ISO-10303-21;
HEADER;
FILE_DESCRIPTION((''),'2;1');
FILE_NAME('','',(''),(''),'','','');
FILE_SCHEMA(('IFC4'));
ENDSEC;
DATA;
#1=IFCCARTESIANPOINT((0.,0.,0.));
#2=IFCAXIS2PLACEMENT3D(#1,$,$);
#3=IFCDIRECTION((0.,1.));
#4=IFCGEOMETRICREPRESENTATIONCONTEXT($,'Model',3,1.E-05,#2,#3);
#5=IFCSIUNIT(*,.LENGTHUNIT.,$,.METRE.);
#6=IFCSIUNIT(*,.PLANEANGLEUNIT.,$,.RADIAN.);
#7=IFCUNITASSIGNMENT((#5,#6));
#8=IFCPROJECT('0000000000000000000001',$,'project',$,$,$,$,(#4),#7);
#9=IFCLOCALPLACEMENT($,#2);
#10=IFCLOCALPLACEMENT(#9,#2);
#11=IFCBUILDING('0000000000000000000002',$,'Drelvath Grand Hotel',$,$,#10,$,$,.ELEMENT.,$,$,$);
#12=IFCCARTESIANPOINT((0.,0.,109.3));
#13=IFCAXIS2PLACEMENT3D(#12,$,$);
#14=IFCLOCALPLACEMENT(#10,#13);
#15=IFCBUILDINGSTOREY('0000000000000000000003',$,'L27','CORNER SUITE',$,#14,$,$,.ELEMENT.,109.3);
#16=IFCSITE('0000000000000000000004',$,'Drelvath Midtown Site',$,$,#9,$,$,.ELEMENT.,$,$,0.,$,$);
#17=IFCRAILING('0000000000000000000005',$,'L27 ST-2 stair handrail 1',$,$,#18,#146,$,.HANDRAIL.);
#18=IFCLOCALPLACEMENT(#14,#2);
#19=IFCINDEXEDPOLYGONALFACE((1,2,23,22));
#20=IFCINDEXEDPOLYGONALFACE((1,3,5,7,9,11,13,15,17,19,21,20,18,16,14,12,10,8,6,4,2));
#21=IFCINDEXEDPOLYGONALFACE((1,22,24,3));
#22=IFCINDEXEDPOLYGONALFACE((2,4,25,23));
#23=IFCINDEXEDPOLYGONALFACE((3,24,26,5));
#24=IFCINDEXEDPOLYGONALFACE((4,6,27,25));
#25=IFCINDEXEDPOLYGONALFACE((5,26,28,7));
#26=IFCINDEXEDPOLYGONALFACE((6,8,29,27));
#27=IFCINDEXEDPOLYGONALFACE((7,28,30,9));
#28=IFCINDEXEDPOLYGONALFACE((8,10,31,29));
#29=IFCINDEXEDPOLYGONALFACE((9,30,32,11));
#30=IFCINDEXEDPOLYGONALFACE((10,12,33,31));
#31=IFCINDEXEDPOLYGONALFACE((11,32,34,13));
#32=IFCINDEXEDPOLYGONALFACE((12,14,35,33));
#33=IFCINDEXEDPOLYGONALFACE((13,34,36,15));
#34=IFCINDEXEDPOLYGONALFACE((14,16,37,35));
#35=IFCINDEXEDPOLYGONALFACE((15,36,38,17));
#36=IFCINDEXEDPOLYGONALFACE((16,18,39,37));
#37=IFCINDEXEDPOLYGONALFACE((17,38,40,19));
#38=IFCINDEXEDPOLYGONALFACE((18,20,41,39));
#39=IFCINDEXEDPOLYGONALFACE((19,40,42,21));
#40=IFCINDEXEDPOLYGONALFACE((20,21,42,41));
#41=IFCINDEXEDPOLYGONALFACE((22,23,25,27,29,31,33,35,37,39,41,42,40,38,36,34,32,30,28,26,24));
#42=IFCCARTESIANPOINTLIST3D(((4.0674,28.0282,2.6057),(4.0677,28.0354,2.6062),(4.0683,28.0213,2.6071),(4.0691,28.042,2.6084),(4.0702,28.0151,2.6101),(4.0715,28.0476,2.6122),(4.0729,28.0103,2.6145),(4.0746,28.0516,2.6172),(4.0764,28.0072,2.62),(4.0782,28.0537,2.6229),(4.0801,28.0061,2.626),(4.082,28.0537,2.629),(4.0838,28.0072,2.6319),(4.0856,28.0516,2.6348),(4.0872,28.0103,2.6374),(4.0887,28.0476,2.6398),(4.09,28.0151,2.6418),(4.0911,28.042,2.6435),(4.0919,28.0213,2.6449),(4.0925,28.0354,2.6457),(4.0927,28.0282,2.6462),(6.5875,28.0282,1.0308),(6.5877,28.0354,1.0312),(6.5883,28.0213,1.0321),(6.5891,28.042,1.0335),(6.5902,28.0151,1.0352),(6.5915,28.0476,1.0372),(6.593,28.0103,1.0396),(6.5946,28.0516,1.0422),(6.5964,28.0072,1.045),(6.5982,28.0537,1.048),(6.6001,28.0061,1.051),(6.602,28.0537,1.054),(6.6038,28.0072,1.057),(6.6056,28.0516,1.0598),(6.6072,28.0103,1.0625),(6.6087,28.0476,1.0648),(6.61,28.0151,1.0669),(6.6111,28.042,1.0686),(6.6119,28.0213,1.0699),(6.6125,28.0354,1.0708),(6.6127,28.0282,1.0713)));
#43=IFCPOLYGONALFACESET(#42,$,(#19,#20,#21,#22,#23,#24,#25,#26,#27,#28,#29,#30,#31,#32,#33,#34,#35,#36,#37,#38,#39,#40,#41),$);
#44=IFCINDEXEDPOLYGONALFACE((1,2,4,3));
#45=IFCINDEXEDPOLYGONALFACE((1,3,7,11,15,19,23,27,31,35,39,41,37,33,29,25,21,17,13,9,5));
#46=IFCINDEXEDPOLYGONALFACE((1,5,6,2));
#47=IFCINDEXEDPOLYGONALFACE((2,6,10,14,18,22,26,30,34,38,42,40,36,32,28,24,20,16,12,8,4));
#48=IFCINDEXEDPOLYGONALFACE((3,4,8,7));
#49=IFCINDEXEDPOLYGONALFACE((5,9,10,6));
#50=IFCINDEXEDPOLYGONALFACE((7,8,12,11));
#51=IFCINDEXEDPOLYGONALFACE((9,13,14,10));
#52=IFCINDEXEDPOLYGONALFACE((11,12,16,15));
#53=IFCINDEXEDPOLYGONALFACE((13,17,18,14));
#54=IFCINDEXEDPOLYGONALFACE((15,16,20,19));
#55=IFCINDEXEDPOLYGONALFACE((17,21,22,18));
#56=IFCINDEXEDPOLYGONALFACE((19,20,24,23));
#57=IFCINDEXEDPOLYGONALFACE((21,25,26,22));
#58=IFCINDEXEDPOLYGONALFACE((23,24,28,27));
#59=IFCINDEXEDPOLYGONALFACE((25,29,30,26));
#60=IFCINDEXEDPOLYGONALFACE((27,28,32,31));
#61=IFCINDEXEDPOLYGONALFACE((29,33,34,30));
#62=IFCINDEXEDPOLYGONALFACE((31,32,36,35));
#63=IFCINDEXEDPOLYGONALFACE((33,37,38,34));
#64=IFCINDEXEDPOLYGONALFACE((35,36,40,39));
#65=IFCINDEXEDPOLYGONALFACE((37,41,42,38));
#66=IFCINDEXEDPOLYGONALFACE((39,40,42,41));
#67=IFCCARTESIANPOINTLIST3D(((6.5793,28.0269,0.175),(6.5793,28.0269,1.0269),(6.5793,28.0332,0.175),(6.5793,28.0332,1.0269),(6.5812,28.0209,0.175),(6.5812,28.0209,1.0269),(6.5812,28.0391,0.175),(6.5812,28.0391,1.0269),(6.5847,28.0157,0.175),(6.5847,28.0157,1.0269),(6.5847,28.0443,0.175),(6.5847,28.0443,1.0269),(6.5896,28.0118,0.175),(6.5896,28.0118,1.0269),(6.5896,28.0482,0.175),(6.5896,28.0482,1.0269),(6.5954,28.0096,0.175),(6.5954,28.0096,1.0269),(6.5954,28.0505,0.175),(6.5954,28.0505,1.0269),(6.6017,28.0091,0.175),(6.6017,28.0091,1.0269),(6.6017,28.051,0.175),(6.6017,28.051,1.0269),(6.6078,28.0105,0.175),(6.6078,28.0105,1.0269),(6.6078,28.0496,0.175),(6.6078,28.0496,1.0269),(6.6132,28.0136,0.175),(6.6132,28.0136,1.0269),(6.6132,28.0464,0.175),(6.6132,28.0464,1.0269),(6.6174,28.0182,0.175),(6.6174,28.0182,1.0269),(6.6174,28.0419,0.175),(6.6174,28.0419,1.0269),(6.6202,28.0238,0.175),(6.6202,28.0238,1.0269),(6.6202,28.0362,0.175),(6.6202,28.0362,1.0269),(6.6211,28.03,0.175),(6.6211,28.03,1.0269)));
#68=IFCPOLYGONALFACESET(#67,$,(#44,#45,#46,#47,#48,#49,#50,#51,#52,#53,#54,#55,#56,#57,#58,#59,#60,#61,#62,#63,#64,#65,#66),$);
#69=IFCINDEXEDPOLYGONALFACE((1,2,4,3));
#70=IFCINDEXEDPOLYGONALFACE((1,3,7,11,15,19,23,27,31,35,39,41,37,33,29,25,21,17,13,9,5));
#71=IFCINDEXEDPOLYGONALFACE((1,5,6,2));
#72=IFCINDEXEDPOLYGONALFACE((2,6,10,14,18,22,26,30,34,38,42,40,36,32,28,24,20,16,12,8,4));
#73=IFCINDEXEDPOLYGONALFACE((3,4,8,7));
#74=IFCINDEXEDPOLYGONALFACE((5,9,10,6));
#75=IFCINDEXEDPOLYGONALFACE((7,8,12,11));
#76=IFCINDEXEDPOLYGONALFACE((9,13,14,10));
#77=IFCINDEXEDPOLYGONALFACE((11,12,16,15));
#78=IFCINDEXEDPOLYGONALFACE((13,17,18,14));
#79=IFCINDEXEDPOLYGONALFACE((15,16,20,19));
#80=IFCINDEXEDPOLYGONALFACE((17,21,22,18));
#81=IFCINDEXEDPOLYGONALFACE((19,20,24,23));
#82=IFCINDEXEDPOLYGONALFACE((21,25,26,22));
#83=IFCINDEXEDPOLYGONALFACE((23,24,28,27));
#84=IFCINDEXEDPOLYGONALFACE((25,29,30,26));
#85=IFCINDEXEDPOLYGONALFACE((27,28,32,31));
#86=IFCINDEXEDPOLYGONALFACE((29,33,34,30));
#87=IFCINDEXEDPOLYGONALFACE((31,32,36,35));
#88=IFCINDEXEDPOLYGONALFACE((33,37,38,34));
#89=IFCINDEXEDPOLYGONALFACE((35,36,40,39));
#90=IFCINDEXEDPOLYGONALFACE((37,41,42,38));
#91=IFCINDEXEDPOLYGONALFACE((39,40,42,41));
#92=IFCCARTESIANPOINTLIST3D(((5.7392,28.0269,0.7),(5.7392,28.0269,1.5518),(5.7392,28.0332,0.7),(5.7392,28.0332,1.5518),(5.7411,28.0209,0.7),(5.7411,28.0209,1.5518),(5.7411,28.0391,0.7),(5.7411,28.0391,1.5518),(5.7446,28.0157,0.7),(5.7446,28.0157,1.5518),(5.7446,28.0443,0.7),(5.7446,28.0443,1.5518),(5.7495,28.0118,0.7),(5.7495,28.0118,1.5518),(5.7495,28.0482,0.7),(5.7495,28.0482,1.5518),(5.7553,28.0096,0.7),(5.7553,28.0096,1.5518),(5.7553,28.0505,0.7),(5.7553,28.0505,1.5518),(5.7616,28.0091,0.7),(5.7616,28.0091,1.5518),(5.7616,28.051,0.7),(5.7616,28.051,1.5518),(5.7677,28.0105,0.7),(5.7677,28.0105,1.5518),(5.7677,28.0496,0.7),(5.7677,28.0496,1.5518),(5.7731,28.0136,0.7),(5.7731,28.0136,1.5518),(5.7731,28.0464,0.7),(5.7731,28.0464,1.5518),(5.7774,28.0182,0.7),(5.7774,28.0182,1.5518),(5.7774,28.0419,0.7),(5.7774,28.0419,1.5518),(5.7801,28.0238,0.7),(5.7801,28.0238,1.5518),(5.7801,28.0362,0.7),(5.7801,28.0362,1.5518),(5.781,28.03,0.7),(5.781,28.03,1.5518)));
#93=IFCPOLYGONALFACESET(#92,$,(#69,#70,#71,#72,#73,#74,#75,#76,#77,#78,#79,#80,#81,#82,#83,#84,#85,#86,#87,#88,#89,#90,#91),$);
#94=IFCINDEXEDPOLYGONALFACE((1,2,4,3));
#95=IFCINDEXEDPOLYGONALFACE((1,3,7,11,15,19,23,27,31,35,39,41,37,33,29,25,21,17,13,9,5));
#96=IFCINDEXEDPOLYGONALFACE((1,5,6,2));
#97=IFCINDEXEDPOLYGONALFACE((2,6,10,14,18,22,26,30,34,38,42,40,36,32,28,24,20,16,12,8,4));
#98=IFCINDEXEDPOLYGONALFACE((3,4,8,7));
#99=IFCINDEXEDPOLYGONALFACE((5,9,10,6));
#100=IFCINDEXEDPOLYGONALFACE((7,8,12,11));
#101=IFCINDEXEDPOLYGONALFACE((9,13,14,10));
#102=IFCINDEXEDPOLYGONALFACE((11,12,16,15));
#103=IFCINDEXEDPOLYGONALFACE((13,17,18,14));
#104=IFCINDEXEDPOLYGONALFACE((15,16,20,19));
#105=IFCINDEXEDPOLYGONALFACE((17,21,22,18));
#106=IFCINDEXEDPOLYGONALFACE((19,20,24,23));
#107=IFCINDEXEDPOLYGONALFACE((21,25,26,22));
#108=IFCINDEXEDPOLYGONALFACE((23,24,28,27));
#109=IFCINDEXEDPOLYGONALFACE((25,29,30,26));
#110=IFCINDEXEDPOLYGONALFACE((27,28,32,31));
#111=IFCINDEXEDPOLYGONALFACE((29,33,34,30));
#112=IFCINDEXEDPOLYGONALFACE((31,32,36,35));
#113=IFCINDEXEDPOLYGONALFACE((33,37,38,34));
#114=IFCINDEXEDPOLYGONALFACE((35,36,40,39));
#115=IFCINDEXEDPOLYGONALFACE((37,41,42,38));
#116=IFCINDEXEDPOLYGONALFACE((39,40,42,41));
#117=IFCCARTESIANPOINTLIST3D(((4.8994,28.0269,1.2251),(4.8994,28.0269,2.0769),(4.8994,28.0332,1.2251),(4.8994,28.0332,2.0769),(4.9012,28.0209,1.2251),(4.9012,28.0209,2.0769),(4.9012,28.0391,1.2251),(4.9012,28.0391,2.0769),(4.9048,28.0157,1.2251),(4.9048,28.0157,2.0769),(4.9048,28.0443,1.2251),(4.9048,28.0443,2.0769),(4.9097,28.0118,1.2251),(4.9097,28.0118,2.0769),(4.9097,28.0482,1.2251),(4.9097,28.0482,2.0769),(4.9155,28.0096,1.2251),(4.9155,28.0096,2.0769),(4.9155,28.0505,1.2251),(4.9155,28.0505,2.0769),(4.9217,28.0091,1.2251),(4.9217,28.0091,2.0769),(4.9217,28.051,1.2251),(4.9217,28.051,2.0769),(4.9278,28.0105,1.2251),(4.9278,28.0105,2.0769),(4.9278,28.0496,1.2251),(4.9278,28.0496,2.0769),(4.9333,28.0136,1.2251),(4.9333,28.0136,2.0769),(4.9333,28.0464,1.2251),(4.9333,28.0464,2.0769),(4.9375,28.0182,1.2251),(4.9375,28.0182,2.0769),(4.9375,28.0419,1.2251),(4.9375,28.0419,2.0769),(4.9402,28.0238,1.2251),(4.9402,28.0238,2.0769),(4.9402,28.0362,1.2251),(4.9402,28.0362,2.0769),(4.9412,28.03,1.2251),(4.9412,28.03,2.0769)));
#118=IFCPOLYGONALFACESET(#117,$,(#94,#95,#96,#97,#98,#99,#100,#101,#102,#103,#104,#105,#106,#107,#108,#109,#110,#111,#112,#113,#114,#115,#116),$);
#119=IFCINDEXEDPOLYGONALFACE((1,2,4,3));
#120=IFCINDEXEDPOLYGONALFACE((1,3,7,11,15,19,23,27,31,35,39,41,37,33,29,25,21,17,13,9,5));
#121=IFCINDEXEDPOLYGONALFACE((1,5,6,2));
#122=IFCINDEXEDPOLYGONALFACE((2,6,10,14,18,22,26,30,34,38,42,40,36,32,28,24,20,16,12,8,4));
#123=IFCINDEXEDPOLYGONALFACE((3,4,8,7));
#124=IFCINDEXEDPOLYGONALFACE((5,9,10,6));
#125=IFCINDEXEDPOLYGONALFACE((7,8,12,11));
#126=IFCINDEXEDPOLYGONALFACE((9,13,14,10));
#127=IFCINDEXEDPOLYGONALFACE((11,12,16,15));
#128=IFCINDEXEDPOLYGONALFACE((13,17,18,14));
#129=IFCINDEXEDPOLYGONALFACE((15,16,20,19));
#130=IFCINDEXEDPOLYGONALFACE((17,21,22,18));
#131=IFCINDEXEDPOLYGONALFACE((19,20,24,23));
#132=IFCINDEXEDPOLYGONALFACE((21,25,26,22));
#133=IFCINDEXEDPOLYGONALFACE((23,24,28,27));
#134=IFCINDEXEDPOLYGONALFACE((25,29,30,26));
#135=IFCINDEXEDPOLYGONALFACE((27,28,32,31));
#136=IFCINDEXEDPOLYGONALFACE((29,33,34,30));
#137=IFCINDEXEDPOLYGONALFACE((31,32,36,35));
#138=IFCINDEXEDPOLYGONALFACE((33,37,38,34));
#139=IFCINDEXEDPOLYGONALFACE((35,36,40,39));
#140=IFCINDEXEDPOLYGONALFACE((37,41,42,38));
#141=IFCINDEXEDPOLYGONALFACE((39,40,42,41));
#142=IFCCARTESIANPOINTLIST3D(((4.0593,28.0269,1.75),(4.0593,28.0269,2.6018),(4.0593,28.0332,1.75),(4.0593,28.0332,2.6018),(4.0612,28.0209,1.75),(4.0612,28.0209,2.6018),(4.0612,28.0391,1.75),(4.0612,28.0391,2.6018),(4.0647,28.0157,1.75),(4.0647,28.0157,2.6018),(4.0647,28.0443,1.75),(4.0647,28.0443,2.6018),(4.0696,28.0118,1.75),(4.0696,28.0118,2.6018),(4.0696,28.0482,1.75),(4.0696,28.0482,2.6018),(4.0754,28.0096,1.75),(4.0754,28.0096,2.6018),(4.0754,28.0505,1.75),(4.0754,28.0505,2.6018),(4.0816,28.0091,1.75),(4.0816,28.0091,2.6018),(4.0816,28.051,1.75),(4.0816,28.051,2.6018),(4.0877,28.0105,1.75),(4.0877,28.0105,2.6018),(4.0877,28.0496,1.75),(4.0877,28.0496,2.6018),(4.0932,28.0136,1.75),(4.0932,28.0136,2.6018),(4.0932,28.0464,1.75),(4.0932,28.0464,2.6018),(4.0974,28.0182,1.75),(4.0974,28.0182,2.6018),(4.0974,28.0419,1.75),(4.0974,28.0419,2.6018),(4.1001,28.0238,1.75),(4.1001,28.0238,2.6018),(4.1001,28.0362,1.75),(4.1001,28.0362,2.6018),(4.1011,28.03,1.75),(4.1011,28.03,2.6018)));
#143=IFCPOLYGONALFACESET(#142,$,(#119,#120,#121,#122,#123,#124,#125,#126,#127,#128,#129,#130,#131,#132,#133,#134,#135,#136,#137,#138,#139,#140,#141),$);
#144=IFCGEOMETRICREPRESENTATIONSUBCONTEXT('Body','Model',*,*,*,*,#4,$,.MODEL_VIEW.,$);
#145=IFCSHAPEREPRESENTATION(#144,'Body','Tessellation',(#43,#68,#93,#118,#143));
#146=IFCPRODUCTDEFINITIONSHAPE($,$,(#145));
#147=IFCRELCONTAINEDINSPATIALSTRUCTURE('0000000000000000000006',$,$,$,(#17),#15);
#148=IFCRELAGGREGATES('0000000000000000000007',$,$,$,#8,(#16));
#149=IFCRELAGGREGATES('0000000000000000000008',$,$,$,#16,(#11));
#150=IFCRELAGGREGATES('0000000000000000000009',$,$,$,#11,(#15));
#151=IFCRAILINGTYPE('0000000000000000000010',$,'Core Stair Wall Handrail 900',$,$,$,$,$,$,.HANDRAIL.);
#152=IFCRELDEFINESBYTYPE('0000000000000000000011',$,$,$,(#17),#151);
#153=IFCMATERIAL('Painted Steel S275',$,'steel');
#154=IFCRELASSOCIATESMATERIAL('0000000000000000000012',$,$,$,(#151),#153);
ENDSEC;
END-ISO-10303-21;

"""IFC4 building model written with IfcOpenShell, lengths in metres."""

from ifc_helpers import new_model, si_unit, direction, frame, origin, origin_2d, place, context, subcontext, project, spatial, circle, extrude, material, type_object, element, save


model = new_model("IFC4")

# Units and contexts
model_context = context("Model", 3, precision=1e-05, world=origin(), true_north=direction((0.0, 1.0)))
body_context = subcontext(model_context, "Body", "Model", "MODEL_VIEW")
ifc_project = project(units=[si_unit("LENGTHUNIT", "METRE"), si_unit("PLANEANGLEUNIT", "RADIAN")], contexts=[model_context])

# Site, building, storey
site_placement = place(None, origin())
site = spatial("IfcSite", under=ifc_project, at=site_placement, Name="Drelvath Midtown Site", CompositionType="ELEMENT", RefElevation=0.0)
building_placement = place(site_placement, origin())
building = spatial("IfcBuilding", under=site, at=building_placement, Name="Drelvath Grand Hotel", CompositionType="ELEMENT")
storey_placement = place(building_placement, frame((0.0, 0.0, 109.3)))
storey = spatial("IfcBuildingStorey", under=building, at=storey_placement, Name="L27", Description="CORNER SUITE", CompositionType="ELEMENT", Elevation=109.3)

# Shared definitions
ifc_material_1 = material(Name="Painted Steel S275", Category="steel")

# Railing
railing_type = type_object("IfcRailingType", Name="Core Stair Wall Handrail 900", PredefinedType="HANDRAIL", material=ifc_material_1)
railing_placement = place(storey_placement, frame((6.6001, 28.03, 0.175)))
element("IfcRailing", 1, at=railing_placement, inside=storey, type_object=railing_type, Name="L27 ST-2 stair handrail 1", PredefinedType="HANDRAIL", context=body_context, shape_type="SweptSolid", body=[
    extrude(circle(Radius=0.0239, at=origin_2d()), frame((0.0, 0.0, 0.876), z_axis=(-0.848008, 0.0, 0.529984), x_axis=(0.0, -1.0, 0.0)), (0.0, 0.0, 1.0), 2.9717),
    extrude(circle(Radius=0.021, at=origin_2d()), origin(), (0.0, 0.0, 1.0), 0.8518),
    extrude(circle(Radius=0.021, at=origin_2d()), frame((-0.8401, 0.0, 0.5249)), (0.0, 0.0, 1.0), 0.8518),
    extrude(circle(Radius=0.021, at=origin_2d()), frame((-1.6799, 0.0, 1.05)), (0.0, 0.0, 1.0), 0.8518),
    extrude(circle(Radius=0.021, at=origin_2d()), frame((-2.52, 0.0, 1.575)), (0.0, 0.0, 1.0), 0.8518),
])

save(model, "model.ifc")
